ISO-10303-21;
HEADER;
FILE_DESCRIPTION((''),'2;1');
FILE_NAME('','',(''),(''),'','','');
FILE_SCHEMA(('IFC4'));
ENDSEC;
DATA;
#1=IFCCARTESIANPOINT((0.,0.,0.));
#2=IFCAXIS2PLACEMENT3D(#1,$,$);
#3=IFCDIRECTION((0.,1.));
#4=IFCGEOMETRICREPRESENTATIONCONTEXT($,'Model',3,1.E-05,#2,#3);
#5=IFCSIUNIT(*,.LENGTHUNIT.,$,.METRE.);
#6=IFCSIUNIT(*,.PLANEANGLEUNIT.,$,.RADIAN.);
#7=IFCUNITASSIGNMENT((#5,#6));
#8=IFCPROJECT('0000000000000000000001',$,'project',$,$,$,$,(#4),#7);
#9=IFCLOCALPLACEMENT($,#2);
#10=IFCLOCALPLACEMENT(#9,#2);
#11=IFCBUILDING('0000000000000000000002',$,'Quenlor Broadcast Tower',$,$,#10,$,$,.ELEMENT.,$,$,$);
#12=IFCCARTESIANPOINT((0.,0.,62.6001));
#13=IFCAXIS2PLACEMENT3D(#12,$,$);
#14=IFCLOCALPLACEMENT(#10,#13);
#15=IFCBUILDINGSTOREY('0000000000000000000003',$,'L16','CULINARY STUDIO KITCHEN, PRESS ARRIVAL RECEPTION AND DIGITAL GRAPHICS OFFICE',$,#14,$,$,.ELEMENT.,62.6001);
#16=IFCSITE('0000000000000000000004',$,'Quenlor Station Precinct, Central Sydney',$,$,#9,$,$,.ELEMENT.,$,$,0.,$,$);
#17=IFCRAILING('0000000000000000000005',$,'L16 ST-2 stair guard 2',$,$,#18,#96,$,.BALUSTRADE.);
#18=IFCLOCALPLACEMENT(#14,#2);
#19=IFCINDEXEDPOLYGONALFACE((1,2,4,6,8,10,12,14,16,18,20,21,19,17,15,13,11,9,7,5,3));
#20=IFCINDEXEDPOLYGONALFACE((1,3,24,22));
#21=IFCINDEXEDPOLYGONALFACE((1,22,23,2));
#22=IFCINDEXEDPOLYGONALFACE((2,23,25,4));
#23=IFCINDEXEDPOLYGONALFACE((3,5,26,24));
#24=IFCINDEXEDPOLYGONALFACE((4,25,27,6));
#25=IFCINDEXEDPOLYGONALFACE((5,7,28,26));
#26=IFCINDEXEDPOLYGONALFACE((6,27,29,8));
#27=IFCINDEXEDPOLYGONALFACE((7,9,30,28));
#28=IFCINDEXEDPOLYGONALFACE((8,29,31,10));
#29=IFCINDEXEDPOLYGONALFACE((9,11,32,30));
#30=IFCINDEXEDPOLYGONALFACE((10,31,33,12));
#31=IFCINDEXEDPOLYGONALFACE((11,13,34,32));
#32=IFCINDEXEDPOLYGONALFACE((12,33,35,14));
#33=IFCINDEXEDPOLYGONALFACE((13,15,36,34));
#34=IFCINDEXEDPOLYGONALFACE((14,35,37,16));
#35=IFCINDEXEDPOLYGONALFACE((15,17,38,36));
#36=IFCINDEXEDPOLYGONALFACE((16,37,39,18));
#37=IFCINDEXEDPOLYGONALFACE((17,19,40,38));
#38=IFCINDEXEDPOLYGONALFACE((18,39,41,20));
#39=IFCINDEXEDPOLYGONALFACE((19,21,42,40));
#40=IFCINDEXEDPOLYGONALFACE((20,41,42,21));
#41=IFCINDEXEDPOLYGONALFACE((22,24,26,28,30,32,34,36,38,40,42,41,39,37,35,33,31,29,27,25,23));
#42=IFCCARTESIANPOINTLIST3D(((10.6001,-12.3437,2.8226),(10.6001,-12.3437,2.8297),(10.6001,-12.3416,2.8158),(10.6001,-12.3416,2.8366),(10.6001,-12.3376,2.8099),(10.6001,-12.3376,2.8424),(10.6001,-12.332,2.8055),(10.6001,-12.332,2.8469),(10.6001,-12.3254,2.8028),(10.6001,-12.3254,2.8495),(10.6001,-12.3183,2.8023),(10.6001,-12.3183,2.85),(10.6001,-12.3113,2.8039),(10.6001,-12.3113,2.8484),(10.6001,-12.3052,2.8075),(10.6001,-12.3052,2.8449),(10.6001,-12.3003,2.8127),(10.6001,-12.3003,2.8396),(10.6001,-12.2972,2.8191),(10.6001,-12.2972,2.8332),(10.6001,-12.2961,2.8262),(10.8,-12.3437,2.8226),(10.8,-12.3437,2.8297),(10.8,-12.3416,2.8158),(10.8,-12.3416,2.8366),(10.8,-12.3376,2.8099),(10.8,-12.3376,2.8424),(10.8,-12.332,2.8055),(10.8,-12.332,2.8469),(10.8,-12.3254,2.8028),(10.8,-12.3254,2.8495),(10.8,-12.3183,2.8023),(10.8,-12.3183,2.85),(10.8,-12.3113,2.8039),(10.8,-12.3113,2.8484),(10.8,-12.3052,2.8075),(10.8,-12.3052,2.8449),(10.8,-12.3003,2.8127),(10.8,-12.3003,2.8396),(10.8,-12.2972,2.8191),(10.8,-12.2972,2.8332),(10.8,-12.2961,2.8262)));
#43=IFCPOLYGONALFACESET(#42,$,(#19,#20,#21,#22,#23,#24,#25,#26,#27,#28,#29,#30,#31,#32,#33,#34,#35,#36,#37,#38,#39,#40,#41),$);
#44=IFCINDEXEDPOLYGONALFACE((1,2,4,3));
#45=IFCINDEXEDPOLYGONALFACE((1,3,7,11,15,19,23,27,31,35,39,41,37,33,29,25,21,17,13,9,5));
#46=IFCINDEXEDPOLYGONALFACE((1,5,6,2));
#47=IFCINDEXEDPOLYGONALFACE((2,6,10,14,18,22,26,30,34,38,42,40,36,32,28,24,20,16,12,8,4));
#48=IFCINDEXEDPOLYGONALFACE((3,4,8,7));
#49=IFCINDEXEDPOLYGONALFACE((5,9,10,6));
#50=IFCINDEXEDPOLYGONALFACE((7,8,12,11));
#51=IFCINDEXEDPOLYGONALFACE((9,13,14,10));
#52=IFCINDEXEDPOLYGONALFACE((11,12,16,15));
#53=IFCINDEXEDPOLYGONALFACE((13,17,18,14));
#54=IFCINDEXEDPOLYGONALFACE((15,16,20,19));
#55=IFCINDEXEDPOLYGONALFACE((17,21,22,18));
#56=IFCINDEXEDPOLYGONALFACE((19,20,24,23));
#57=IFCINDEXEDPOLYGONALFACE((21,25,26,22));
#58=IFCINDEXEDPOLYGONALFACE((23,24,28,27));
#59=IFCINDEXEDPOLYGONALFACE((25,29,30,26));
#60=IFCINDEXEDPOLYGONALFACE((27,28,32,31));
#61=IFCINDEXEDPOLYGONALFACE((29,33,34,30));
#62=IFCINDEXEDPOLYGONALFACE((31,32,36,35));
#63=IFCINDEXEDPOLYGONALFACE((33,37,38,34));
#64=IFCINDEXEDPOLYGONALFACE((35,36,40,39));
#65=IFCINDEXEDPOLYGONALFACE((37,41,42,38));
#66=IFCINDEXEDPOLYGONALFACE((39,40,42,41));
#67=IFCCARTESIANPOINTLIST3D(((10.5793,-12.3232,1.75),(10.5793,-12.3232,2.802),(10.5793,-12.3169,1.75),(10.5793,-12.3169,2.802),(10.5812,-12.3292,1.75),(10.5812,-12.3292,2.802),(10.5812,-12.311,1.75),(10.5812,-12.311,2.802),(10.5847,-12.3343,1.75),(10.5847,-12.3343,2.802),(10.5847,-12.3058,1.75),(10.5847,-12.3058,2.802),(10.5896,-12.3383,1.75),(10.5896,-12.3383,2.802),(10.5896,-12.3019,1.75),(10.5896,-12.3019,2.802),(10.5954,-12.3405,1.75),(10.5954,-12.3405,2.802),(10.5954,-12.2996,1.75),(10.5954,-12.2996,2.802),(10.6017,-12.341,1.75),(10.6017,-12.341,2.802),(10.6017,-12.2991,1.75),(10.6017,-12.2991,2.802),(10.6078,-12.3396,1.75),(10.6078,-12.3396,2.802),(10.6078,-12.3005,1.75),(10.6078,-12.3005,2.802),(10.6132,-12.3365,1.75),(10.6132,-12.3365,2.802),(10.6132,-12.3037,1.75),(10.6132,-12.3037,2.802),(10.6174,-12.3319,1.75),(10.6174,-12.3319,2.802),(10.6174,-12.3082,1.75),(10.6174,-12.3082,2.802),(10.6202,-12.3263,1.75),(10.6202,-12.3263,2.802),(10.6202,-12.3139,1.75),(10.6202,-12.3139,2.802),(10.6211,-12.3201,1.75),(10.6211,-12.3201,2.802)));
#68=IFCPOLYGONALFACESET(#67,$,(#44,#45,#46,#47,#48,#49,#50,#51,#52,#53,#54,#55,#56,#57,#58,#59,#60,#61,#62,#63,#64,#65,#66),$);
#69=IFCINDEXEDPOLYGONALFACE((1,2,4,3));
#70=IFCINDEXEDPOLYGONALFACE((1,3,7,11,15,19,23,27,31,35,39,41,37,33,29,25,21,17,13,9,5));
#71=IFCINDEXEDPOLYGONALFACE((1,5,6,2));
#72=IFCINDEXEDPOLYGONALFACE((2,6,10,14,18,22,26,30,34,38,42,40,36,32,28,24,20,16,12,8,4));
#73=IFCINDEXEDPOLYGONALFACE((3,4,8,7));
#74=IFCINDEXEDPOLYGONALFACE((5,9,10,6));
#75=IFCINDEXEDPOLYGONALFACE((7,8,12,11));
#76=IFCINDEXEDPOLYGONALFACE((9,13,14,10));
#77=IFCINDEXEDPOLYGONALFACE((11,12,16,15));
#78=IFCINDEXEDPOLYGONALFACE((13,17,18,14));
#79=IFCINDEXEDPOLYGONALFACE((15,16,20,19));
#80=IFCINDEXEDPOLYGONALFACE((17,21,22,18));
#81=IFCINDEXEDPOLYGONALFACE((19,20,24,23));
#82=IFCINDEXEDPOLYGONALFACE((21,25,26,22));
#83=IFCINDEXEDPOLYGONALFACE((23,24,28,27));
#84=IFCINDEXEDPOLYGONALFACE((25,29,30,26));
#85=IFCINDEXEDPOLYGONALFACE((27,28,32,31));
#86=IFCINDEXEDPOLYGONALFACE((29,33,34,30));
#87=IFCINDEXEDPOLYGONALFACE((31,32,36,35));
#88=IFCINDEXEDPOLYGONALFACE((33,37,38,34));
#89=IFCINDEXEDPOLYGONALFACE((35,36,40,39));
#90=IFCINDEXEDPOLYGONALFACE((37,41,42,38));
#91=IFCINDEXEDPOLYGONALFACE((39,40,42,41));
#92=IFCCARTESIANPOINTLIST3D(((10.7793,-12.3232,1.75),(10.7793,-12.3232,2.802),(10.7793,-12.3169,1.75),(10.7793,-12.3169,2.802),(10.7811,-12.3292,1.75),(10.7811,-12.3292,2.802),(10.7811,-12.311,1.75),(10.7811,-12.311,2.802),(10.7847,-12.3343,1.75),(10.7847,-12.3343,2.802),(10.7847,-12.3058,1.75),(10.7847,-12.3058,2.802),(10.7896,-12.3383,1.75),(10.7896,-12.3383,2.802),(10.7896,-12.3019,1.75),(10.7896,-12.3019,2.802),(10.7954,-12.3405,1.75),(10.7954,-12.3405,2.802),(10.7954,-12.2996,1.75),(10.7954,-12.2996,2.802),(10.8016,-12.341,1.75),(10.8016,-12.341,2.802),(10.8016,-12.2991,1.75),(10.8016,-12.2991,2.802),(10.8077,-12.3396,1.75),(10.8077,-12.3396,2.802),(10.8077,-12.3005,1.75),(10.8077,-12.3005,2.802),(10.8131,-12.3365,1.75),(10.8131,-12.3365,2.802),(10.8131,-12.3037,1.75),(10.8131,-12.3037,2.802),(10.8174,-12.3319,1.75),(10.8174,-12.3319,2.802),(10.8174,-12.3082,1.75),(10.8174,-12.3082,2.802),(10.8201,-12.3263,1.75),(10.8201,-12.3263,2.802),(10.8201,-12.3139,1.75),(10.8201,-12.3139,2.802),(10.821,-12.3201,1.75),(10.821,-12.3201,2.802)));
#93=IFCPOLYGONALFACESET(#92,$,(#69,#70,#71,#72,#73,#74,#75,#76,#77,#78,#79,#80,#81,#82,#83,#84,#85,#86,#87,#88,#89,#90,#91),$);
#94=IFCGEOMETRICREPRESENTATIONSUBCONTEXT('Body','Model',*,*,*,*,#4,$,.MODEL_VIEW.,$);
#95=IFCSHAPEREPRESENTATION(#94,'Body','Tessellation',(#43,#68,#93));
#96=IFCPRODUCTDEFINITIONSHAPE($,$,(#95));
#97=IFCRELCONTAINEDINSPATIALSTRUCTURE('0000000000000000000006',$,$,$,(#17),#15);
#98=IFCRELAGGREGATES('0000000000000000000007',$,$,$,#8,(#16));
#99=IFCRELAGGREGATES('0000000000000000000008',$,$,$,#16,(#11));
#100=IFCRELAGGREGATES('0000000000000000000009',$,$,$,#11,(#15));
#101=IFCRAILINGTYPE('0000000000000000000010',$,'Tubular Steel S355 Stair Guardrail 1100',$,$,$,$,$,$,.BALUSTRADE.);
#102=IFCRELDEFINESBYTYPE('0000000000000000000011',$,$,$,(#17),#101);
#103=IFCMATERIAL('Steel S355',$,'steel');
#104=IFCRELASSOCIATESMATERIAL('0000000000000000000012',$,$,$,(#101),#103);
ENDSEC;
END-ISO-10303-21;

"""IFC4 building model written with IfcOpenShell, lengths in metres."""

from ifc_helpers import new_model, si_unit, direction, frame, origin, origin_2d, place, context, subcontext, project, spatial, circle, extrude, material, type_object, element, save


model = new_model("IFC4")

# Units and contexts
model_context = context("Model", 3, precision=1e-05, world=origin(), true_north=direction((0.0, 1.0)))
body_context = subcontext(model_context, "Body", "Model", "MODEL_VIEW")
ifc_project = project(units=[si_unit("LENGTHUNIT", "METRE"), si_unit("PLANEANGLEUNIT", "RADIAN")], contexts=[model_context])

# Site, building, storey
site_placement = place(None, origin())
site = spatial("IfcSite", under=ifc_project, at=site_placement, Name="Quenlor Station Precinct, Central Sydney", CompositionType="ELEMENT", RefElevation=0.0)
building_placement = place(site_placement, origin())
building = spatial("IfcBuilding", under=site, at=building_placement, Name="Quenlor Broadcast Tower", CompositionType="ELEMENT")
storey_placement = place(building_placement, frame((0.0, 0.0, 62.6001)))
storey = spatial("IfcBuildingStorey", under=building, at=storey_placement, Name="L16", Description="CULINARY STUDIO KITCHEN, PRESS ARRIVAL RECEPTION AND DIGITAL GRAPHICS OFFICE", CompositionType="ELEMENT", Elevation=62.6001)

# Railing
ifc_material_1 = material(Name="Steel S355", Category="steel")
railing_type_1 = type_object("IfcRailingType", Name="Tubular Steel S355 Stair Guardrail 1100", PredefinedType="BALUSTRADE", material=ifc_material_1)
railing_1_placement = place(storey_placement, frame((10.6001, -12.3201, 1.75)))
element("IfcRailing", 1, at=railing_1_placement, inside=storey, type_object=railing_type_1, Name="L16 ST-2 stair guard 2", PredefinedType="BALUSTRADE", context=body_context, shape_type="SweptSolid", body=[
    extrude(circle(Radius=0.0239, at=origin_2d()), frame((0.0, 0.0, 1.0762), z_axis=(1.0, 0.0, 0.0), x_axis=(0.0, 1.0, 0.0)), (0.0, 0.0, 1.0), 0.2),
    extrude(circle(Radius=0.021, at=origin_2d()), origin(), (0.0, 0.0, 1.0), 1.052),
    extrude(circle(Radius=0.021, at=origin_2d()), frame((0.2, 0.0, 0.0)), (0.0, 0.0, 1.0), 1.052),
])

save(model, "model.ifc")
